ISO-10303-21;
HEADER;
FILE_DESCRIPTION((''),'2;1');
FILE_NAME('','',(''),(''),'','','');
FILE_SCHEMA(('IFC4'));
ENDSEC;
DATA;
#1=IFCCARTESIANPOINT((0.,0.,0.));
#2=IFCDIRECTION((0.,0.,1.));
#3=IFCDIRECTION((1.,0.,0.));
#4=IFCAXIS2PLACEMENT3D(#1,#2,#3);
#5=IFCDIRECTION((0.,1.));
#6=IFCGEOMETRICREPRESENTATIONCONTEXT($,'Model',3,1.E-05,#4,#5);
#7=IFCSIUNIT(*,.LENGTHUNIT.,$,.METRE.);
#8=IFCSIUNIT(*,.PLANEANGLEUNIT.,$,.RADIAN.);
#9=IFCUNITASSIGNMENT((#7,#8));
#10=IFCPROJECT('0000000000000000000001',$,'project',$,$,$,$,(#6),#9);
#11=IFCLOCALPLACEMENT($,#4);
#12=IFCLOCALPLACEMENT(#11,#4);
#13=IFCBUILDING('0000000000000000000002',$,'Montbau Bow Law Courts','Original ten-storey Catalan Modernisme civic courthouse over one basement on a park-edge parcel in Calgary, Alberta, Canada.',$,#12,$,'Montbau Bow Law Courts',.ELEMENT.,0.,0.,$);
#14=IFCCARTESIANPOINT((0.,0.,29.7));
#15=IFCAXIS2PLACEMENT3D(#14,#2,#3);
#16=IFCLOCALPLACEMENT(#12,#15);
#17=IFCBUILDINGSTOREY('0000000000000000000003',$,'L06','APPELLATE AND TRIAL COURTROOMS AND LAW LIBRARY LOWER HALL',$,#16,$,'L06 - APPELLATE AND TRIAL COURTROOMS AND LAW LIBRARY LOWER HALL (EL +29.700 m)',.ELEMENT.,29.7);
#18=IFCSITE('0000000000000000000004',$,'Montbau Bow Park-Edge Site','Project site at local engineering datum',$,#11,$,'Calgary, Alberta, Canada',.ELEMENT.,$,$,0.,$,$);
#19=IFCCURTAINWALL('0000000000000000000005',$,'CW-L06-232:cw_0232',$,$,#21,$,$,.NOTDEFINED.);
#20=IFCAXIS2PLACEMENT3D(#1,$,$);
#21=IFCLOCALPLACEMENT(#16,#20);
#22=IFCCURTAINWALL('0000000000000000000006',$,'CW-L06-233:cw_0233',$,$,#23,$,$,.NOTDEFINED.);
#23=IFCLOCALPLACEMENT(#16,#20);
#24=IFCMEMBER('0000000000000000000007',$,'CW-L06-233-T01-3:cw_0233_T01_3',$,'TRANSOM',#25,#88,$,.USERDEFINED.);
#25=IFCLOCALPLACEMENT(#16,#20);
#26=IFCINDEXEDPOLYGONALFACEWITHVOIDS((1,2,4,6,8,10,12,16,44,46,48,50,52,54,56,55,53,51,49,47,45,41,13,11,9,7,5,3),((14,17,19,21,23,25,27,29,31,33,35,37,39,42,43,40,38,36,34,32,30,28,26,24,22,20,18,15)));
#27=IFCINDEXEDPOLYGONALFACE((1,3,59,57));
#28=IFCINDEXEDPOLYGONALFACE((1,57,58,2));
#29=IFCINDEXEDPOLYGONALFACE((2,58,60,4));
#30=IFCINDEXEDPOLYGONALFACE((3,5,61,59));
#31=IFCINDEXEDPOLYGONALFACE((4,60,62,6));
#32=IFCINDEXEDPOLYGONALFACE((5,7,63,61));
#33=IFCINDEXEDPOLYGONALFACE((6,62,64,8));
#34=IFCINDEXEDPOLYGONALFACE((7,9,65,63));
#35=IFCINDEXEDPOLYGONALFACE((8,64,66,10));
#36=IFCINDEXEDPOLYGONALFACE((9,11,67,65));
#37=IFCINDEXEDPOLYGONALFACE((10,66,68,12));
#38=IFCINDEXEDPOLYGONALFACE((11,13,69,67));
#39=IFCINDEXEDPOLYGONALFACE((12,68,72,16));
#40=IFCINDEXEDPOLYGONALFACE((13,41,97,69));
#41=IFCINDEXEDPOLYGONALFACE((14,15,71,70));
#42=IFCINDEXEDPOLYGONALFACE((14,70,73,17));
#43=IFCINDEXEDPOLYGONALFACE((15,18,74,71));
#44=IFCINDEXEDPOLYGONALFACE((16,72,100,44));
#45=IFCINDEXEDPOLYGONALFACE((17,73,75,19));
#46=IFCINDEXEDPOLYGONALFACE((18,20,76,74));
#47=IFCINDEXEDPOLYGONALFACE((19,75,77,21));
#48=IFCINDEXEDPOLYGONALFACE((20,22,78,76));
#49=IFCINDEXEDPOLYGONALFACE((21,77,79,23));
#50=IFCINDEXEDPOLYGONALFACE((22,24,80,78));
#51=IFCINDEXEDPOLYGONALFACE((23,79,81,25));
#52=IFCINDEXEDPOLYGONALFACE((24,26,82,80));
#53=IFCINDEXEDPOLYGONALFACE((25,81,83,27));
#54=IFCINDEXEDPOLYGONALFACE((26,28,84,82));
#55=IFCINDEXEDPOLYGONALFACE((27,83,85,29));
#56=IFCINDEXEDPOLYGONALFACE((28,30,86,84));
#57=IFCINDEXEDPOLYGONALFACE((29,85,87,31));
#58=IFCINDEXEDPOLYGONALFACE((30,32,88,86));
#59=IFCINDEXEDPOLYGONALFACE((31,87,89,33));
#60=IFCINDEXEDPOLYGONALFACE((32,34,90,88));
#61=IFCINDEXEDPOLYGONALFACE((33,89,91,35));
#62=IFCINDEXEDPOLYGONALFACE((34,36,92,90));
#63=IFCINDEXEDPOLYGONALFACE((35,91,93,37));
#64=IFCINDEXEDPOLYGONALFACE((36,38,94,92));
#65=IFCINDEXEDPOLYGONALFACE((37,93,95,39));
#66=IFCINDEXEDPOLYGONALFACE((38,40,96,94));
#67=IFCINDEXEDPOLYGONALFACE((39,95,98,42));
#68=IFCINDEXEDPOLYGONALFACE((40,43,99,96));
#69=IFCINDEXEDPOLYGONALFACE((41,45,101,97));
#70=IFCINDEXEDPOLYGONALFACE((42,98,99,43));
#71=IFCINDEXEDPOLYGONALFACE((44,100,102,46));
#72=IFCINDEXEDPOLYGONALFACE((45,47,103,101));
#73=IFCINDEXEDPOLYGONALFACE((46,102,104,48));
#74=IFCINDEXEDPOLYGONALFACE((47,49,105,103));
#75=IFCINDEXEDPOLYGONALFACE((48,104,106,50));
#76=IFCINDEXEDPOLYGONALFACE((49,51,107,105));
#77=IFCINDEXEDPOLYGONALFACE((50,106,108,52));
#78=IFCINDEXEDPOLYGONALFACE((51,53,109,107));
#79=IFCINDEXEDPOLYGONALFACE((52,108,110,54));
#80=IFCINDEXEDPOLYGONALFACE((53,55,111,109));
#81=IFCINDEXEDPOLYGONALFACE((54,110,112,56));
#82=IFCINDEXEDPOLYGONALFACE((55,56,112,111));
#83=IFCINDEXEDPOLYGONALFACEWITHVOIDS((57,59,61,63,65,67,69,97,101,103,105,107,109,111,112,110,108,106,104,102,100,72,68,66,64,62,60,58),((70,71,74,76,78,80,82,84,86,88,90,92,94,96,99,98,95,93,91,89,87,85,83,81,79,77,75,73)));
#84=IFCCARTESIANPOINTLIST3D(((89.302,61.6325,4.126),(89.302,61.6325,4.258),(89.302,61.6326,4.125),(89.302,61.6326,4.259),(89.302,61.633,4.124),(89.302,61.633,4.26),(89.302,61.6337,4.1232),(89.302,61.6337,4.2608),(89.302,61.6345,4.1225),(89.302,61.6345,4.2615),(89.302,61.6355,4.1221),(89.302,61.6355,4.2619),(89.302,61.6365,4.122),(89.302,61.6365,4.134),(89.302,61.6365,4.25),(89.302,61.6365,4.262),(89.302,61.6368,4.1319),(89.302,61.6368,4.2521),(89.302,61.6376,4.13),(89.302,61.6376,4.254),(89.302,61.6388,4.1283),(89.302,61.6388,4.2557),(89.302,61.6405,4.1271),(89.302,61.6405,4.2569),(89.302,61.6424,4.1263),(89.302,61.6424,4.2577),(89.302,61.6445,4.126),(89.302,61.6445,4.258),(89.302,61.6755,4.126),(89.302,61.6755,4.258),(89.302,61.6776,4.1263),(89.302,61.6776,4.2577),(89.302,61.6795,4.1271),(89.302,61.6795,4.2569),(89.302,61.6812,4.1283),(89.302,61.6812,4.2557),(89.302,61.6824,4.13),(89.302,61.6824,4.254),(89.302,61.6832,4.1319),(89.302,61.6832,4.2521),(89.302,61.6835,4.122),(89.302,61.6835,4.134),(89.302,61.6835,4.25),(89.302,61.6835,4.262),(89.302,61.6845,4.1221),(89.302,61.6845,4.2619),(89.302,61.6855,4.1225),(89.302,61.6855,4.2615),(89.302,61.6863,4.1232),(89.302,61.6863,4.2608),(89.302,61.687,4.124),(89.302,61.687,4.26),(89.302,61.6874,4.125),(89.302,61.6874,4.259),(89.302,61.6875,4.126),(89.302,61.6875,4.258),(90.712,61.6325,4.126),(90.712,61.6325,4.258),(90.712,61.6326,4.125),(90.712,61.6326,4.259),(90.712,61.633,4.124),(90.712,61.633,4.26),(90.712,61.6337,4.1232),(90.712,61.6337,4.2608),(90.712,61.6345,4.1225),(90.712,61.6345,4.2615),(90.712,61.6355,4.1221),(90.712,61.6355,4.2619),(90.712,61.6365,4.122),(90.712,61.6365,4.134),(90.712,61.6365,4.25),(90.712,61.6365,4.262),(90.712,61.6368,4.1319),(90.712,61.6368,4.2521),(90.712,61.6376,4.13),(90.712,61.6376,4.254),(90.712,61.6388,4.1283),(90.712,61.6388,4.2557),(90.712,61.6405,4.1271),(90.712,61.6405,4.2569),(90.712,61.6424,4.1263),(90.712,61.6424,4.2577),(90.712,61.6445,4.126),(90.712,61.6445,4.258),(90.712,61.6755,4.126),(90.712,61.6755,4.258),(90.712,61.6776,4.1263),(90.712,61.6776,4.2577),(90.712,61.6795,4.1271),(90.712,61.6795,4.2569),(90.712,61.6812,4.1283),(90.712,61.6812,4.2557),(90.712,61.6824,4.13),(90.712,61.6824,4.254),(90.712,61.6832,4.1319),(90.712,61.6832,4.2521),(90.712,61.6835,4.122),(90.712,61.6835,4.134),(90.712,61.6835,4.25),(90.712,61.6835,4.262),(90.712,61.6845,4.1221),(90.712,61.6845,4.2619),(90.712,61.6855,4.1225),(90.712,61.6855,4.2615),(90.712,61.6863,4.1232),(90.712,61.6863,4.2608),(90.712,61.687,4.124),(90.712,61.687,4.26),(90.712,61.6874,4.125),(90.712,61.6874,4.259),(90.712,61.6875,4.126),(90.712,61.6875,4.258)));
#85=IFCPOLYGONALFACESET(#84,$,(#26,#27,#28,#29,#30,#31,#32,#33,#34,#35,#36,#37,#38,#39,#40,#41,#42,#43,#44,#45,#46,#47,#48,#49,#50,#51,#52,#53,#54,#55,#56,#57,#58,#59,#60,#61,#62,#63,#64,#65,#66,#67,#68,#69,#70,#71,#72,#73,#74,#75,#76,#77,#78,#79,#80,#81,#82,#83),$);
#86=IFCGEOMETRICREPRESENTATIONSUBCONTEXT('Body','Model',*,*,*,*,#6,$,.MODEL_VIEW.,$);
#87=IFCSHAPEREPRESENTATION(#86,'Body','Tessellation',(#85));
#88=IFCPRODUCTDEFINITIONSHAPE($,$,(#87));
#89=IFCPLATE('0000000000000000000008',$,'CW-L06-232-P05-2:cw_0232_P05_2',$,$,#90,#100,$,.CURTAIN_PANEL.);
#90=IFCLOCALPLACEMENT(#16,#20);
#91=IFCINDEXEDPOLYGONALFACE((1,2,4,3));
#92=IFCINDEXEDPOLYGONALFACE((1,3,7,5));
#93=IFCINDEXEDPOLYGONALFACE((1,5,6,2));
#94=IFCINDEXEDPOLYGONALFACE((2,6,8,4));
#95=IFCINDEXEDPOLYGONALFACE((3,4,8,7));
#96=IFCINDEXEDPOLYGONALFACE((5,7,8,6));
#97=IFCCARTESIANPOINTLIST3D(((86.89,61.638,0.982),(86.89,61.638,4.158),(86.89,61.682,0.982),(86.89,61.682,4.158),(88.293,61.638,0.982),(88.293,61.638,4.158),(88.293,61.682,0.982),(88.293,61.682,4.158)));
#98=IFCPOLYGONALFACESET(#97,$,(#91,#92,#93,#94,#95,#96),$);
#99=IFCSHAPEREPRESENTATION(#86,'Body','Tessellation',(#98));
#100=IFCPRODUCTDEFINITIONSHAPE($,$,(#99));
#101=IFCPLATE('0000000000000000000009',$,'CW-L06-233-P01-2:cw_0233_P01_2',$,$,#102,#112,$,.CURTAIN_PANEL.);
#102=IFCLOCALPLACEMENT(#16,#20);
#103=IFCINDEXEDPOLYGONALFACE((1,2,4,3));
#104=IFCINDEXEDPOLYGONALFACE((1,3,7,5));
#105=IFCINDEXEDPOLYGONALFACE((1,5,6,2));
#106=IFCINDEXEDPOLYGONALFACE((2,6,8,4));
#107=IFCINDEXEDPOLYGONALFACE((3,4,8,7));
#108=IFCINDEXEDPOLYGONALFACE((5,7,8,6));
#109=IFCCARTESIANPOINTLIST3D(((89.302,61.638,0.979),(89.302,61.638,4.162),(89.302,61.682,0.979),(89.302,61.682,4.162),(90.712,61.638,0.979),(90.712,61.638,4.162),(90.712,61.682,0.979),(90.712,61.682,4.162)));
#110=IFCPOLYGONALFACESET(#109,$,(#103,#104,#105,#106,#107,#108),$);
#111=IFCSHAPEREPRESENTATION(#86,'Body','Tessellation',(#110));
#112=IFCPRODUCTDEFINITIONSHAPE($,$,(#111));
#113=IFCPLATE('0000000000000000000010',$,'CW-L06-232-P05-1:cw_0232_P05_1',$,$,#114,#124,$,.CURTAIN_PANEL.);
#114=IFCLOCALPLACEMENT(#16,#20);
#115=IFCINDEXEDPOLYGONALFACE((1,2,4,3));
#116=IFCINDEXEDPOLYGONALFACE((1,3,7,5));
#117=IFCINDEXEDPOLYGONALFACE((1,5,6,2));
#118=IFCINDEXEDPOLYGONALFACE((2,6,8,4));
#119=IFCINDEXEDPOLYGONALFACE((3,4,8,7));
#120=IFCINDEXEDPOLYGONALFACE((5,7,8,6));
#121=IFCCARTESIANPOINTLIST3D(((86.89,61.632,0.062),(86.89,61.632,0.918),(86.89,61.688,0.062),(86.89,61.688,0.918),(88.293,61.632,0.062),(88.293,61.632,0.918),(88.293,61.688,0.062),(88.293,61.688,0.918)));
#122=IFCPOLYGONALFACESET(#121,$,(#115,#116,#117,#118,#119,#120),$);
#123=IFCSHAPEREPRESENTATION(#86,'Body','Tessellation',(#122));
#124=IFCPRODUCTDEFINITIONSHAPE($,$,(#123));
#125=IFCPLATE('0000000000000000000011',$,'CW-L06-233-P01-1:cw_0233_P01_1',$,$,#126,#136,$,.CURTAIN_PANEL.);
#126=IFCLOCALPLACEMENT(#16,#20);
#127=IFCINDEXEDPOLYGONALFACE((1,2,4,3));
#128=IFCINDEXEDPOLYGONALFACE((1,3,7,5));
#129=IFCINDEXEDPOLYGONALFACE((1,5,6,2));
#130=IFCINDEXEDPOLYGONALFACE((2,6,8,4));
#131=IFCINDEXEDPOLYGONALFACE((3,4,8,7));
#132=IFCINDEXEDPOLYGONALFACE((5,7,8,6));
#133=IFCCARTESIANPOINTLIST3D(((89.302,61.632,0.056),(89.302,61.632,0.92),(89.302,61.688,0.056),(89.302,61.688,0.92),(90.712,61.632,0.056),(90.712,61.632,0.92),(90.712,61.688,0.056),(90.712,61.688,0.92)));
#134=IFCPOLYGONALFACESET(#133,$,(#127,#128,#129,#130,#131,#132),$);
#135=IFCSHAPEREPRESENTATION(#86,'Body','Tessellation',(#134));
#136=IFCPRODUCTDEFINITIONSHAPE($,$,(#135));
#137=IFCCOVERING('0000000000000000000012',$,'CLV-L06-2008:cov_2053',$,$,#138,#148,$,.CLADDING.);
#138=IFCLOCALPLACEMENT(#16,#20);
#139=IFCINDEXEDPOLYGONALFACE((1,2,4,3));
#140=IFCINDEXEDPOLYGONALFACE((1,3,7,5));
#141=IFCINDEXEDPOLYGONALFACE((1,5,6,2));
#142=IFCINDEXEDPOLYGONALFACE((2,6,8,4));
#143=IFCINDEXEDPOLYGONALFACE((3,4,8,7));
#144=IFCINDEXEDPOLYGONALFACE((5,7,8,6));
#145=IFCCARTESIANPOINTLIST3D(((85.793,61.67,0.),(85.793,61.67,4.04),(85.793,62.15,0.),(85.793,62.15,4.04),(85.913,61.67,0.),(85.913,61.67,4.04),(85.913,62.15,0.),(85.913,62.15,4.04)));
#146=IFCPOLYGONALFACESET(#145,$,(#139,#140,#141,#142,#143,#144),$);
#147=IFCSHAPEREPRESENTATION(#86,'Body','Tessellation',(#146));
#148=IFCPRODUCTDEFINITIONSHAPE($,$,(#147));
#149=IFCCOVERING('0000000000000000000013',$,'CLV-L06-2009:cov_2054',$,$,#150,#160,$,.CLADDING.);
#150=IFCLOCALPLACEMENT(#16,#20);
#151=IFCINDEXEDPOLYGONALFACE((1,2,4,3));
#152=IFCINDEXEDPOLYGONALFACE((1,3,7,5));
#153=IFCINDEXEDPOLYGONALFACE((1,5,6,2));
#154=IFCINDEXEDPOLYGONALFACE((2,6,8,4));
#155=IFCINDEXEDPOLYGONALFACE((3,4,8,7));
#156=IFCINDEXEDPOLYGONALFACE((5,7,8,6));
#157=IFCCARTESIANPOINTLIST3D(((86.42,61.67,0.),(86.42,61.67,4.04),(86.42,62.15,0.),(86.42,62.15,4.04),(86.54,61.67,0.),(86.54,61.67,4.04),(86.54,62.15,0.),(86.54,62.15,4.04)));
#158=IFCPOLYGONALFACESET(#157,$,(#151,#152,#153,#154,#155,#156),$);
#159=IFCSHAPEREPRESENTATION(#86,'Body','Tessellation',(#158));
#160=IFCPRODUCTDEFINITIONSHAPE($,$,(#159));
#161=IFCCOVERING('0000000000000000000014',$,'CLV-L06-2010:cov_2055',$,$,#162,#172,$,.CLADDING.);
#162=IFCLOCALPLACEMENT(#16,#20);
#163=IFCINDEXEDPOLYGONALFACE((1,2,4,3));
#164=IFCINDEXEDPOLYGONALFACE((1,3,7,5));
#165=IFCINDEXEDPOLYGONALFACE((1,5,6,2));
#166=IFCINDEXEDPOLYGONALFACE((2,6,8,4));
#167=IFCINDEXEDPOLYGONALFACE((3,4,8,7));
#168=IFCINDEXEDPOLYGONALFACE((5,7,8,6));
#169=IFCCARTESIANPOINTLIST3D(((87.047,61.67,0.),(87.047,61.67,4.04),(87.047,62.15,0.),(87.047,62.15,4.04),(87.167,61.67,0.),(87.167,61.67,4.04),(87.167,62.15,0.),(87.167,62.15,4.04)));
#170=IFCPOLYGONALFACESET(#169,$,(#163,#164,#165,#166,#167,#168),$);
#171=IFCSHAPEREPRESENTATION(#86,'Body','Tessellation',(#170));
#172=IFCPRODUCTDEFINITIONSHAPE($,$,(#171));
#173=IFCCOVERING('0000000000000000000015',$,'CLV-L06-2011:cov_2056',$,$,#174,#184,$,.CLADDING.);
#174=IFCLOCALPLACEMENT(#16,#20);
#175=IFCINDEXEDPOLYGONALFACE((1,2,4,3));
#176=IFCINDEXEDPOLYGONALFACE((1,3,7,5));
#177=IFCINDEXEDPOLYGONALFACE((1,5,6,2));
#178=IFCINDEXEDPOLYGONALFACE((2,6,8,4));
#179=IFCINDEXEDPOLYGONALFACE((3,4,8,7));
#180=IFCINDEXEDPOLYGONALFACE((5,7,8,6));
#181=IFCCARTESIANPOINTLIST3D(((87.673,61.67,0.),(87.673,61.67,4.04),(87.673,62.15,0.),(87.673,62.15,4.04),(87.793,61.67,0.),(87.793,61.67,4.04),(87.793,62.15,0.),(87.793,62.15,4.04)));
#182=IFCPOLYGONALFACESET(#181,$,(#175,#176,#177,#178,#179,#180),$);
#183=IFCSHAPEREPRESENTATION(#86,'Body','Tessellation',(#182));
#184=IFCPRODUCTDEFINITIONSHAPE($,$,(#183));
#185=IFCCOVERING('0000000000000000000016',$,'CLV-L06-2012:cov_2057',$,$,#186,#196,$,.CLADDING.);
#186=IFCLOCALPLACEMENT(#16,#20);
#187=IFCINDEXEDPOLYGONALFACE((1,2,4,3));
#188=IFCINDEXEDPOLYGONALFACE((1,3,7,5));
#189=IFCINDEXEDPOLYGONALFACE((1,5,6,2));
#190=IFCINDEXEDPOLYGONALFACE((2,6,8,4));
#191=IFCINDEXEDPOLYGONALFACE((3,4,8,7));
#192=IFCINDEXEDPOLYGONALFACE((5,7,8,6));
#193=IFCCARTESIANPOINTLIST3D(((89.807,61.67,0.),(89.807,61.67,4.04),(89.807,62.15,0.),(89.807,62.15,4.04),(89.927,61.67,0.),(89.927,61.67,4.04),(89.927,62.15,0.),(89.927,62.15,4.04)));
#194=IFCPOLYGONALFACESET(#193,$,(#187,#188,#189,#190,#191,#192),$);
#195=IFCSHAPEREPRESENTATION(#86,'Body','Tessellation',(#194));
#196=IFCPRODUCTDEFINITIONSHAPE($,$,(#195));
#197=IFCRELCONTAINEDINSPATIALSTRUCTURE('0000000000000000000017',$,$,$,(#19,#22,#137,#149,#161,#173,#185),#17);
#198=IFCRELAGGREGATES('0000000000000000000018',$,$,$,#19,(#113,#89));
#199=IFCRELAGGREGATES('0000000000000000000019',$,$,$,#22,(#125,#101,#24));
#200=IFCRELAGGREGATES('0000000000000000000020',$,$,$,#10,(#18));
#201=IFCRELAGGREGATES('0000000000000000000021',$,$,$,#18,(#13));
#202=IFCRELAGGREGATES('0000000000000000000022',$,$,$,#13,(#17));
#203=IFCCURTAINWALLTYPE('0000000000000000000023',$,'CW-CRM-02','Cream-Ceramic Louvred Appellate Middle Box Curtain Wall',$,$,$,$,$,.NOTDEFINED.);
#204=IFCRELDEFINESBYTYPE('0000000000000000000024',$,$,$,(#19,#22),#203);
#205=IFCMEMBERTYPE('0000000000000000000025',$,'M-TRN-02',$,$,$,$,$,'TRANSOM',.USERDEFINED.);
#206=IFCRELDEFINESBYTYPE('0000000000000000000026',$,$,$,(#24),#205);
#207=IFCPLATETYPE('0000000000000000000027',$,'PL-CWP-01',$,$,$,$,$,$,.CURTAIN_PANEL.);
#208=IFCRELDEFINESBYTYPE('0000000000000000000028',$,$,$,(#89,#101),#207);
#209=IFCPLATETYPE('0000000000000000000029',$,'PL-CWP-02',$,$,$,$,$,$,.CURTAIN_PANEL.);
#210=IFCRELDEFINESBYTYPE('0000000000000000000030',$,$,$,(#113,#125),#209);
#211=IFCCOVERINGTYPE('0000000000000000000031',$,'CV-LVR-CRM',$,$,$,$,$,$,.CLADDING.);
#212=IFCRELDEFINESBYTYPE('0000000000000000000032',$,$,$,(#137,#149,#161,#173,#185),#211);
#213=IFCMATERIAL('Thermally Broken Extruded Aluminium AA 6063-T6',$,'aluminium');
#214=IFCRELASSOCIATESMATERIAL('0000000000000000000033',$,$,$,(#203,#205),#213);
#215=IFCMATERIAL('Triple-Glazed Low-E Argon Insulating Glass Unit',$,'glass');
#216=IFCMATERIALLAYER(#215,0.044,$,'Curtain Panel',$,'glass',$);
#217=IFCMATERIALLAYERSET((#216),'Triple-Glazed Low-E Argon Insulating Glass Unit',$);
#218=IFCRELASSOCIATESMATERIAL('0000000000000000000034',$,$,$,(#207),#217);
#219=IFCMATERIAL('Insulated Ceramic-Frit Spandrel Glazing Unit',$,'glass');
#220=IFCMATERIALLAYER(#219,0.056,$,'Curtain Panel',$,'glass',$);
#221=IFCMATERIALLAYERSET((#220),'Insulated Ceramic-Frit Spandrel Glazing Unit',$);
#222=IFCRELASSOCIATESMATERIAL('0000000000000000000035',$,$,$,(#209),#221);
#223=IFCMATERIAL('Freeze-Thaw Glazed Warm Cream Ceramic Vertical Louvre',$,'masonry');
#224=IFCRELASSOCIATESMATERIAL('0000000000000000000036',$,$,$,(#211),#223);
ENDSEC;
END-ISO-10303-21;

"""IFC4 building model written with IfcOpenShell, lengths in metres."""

from ifc_helpers import new_model, si_unit, direction, frame, frame_2d, origin_with_axes, origin_2d_with_axis, place, context, subcontext, project, spatial, rectangle, hollow_rectangle, extrude, material, layer, layer_set, material_profile, profile_set, type_object, element, aggregate, save


model = new_model("IFC4")

# Units and contexts
model_context = context("Model", 3, precision=1e-05, world=origin_with_axes(), true_north=direction((0.0, 1.0)))
body_context = subcontext(model_context, "Body", "Model", "MODEL_VIEW")
ifc_project = project(units=[si_unit("LENGTHUNIT", "METRE"), si_unit("PLANEANGLEUNIT", "RADIAN")], contexts=[model_context])

# Site, building, storey
site_placement = place(None, origin_with_axes())
site = spatial("IfcSite", under=ifc_project, at=site_placement, Name="Montbau Bow Park-Edge Site", Description="Project site at local engineering datum", LongName="Calgary, Alberta, Canada", CompositionType="ELEMENT", RefElevation=0.0)
building_placement = place(site_placement, origin_with_axes())
building = spatial("IfcBuilding", under=site, at=building_placement, Name="Montbau Bow Law Courts", Description="Original ten-storey Catalan Modernisme civic courthouse over one basement on a park-edge parcel in Calgary, Alberta, Canada.", LongName="Montbau Bow Law Courts", CompositionType="ELEMENT", ElevationOfRefHeight=0.0, ElevationOfTerrain=0.0)
storey_placement = place(building_placement, frame((0.0, 0.0, 29.7), z_axis=(0.0, 0.0, 1.0), x_axis=(1.0, 0.0, 0.0)))
storey = spatial("IfcBuildingStorey", under=building, at=storey_placement, Name="L06", Description="APPELLATE AND TRIAL COURTROOMS AND LAW LIBRARY LOWER HALL", LongName="L06 - APPELLATE AND TRIAL COURTROOMS AND LAW LIBRARY LOWER HALL (EL +29.700 m)", CompositionType="ELEMENT", Elevation=29.7)

# Curtain wall
ifc_material_1 = material(Name="Thermally Broken Extruded Aluminium AA 6063-T6", Category="aluminium")
curtain_wall_type = type_object("IfcCurtainWallType", Name="CW-CRM-02", Description="Cream-Ceramic Louvred Appellate Middle Box Curtain Wall", PredefinedType="NOTDEFINED", material=ifc_material_1)
curtain_wall_1_placement = place(None, frame((80.84, 61.66, 29.7), z_axis=(0.0, 0.0, 1.0), x_axis=(1.0, 0.0, 0.0)))
curtain_wall_1 = element("IfcCurtainWall", 1, at=curtain_wall_1_placement, inside=storey, type_object=curtain_wall_type, Name="CW-L06-232:cw_0232", PredefinedType="NOTDEFINED")

# Curtain wall
curtain_wall_2_placement = place(None, frame((89.24, 61.66, 29.7), z_axis=(0.0, 0.0, 1.0), x_axis=(1.0, 0.0, 0.0)))
curtain_wall_2 = element("IfcCurtainWall", 2, at=curtain_wall_2_placement, inside=storey, type_object=curtain_wall_type, Name="CW-L06-233:cw_0233", PredefinedType="NOTDEFINED")

# Member
ifc_material_profile_1 = material_profile(ifc_material_1, hollow_rectangle(XDim=0.055, YDim=0.14, WallThickness=0.004, InnerFilletRadius=0.008, OuterFilletRadius=0.004, at=origin_2d_with_axis()), Name="CWT-140X55", Category="Main", Priority=0)
ifc_profile_set_1 = profile_set([ifc_material_profile_1], Name="Thermally Broken Extruded Aluminium AA 6063-T6")
member_type_1 = type_object("IfcMemberType", Name="M-TRN-02", ElementType="TRANSOM", PredefinedType="USERDEFINED", material=ifc_profile_set_1)
member_1_placement = place(None, frame((89.302, 61.66, 33.892), z_axis=(1.0, 0.0, 0.0), x_axis=(0.0, 1.0, 0.0)))
member_1 = element("IfcMember", 3, at=member_1_placement, type_object=member_type_1, Name="CW-L06-233-T01-3:cw_0233_T01_3", ObjectType="TRANSOM", PredefinedType="USERDEFINED", context=body_context, shape_type="SweptSolid", body=[
    extrude(hollow_rectangle(XDim=0.055, YDim=0.14, WallThickness=0.004, InnerFilletRadius=0.008, OuterFilletRadius=0.004, at=origin_2d_with_axis()), origin_with_axes(), (0.0, 0.0, 1.0), 1.41),
])

# Plates
ifc_material_2 = material(Name="Triple-Glazed Low-E Argon Insulating Glass Unit", Category="glass")
ifc_layer_1 = layer(ifc_material_2, 0.044, Name="Curtain Panel", Category="glass")
ifc_layer_set_1 = layer_set([ifc_layer_1], Name="Triple-Glazed Low-E Argon Insulating Glass Unit")
plate_type_1 = type_object("IfcPlateType", Name="PL-CWP-01", PredefinedType="CURTAIN_PANEL", material=ifc_layer_set_1)
plate_1_placement = place(None, frame((86.89, 61.66, 30.682), z_axis=(0.0, -1.0, 0.0), x_axis=(1.0, 0.0, 0.0)))
plate_1 = element("IfcPlate", 4, at=plate_1_placement, type_object=plate_type_1, Name="CW-L06-232-P05-2:cw_0232_P05_2", PredefinedType="CURTAIN_PANEL", context=body_context, shape_type="SweptSolid", body=[
    extrude(rectangle(XDim=1.403, YDim=3.176, at=frame_2d((0.7015, 1.588), x_axis=(1.0, 0.0))), frame((0.0, 0.0, -0.022), z_axis=(0.0, 0.0, 1.0), x_axis=(1.0, 0.0, 0.0)), (0.0, 0.0, 1.0), 0.044),
])
plate_2_placement = place(None, frame((89.302, 61.66, 30.679), z_axis=(0.0, -1.0, 0.0), x_axis=(1.0, 0.0, 0.0)))
plate_2 = element("IfcPlate", 5, at=plate_2_placement, type_object=plate_type_1, Name="CW-L06-233-P01-2:cw_0233_P01_2", PredefinedType="CURTAIN_PANEL", context=body_context, shape_type="SweptSolid", body=[
    extrude(rectangle(XDim=1.41, YDim=3.183, at=frame_2d((0.705, 1.5915), x_axis=(1.0, 0.0))), frame((0.0, 0.0, -0.022), z_axis=(0.0, 0.0, 1.0), x_axis=(1.0, 0.0, 0.0)), (0.0, 0.0, 1.0), 0.044),
])
ifc_material_3 = material(Name="Insulated Ceramic-Frit Spandrel Glazing Unit", Category="glass")
ifc_layer_2 = layer(ifc_material_3, 0.056, Name="Curtain Panel", Category="glass")
ifc_layer_set_2 = layer_set([ifc_layer_2], Name="Insulated Ceramic-Frit Spandrel Glazing Unit")
plate_type_2 = type_object("IfcPlateType", Name="PL-CWP-02", PredefinedType="CURTAIN_PANEL", material=ifc_layer_set_2)
plate_3_placement = place(None, frame((86.89, 61.66, 29.762), z_axis=(0.0, -1.0, 0.0), x_axis=(1.0, 0.0, 0.0)))
plate_3 = element("IfcPlate", 6, at=plate_3_placement, type_object=plate_type_2, Name="CW-L06-232-P05-1:cw_0232_P05_1", PredefinedType="CURTAIN_PANEL", context=body_context, shape_type="SweptSolid", body=[
    extrude(rectangle(XDim=1.403, YDim=0.856, at=frame_2d((0.7015, 0.428), x_axis=(1.0, 0.0))), frame((0.0, 0.0, -0.028), z_axis=(0.0, 0.0, 1.0), x_axis=(1.0, 0.0, 0.0)), (0.0, 0.0, 1.0), 0.056),
])
aggregate(curtain_wall_1, [plate_3, plate_1])
plate_4_placement = place(None, frame((89.302, 61.66, 29.756), z_axis=(0.0, -1.0, 0.0), x_axis=(1.0, 0.0, 0.0)))
plate_4 = element("IfcPlate", 7, at=plate_4_placement, type_object=plate_type_2, Name="CW-L06-233-P01-1:cw_0233_P01_1", PredefinedType="CURTAIN_PANEL", context=body_context, shape_type="SweptSolid", body=[
    extrude(rectangle(XDim=1.41, YDim=0.864, at=frame_2d((0.705, 0.432), x_axis=(1.0, 0.0))), frame((0.0, 0.0, -0.028), z_axis=(0.0, 0.0, 1.0), x_axis=(1.0, 0.0, 0.0)), (0.0, 0.0, 1.0), 0.056),
])
aggregate(curtain_wall_2, [plate_4, plate_2, member_1])

# Coverings
ifc_material_4 = material(Name="Freeze-Thaw Glazed Warm Cream Ceramic Vertical Louvre", Category="masonry")
covering_type = type_object("IfcCoveringType", Name="CV-LVR-CRM", PredefinedType="CLADDING", material=ifc_material_4)
for number, where, z_axis, x_axis, name in (
    (8, (85.853, 61.67, 29.7), (1.0, 0.0, 0.0), (0.0, 1.0, 0.0), "CLV-L06-2008:cov_2053"),
    (9, (86.48, 61.67, 29.7), (1.0, 0.0, 0.0), (0.0, 1.0, 0.0), "CLV-L06-2009:cov_2054"),
    (10, (87.107, 61.67, 29.7), (1.0, 0.0, 0.0), (0.0, 1.0, 0.0), "CLV-L06-2010:cov_2055"),
    (11, (87.733, 61.67, 29.7), (1.0, 0.0, 0.0), (0.0, 1.0, 0.0), "CLV-L06-2011:cov_2056"),
    (12, (89.867, 61.67, 29.7), (1.0, 0.0, 0.0), (0.0, 1.0, 0.0), "CLV-L06-2012:cov_2057"),
):
    element("IfcCovering", number, at=place(None, frame(where, z_axis=z_axis, x_axis=x_axis)), inside=storey, type_object=covering_type, Name=name, PredefinedType="CLADDING", context=body_context, shape_type="SweptSolid", body=[
        extrude(rectangle(XDim=0.48, YDim=4.04, at=frame_2d((0.24, 2.02), x_axis=(1.0, 0.0))), frame((0.0, 0.0, -0.06), z_axis=(0.0, 0.0, 1.0), x_axis=(1.0, 0.0, 0.0)), (0.0, 0.0, 1.0), 0.12),
    ])

save(model, "model.ifc")
